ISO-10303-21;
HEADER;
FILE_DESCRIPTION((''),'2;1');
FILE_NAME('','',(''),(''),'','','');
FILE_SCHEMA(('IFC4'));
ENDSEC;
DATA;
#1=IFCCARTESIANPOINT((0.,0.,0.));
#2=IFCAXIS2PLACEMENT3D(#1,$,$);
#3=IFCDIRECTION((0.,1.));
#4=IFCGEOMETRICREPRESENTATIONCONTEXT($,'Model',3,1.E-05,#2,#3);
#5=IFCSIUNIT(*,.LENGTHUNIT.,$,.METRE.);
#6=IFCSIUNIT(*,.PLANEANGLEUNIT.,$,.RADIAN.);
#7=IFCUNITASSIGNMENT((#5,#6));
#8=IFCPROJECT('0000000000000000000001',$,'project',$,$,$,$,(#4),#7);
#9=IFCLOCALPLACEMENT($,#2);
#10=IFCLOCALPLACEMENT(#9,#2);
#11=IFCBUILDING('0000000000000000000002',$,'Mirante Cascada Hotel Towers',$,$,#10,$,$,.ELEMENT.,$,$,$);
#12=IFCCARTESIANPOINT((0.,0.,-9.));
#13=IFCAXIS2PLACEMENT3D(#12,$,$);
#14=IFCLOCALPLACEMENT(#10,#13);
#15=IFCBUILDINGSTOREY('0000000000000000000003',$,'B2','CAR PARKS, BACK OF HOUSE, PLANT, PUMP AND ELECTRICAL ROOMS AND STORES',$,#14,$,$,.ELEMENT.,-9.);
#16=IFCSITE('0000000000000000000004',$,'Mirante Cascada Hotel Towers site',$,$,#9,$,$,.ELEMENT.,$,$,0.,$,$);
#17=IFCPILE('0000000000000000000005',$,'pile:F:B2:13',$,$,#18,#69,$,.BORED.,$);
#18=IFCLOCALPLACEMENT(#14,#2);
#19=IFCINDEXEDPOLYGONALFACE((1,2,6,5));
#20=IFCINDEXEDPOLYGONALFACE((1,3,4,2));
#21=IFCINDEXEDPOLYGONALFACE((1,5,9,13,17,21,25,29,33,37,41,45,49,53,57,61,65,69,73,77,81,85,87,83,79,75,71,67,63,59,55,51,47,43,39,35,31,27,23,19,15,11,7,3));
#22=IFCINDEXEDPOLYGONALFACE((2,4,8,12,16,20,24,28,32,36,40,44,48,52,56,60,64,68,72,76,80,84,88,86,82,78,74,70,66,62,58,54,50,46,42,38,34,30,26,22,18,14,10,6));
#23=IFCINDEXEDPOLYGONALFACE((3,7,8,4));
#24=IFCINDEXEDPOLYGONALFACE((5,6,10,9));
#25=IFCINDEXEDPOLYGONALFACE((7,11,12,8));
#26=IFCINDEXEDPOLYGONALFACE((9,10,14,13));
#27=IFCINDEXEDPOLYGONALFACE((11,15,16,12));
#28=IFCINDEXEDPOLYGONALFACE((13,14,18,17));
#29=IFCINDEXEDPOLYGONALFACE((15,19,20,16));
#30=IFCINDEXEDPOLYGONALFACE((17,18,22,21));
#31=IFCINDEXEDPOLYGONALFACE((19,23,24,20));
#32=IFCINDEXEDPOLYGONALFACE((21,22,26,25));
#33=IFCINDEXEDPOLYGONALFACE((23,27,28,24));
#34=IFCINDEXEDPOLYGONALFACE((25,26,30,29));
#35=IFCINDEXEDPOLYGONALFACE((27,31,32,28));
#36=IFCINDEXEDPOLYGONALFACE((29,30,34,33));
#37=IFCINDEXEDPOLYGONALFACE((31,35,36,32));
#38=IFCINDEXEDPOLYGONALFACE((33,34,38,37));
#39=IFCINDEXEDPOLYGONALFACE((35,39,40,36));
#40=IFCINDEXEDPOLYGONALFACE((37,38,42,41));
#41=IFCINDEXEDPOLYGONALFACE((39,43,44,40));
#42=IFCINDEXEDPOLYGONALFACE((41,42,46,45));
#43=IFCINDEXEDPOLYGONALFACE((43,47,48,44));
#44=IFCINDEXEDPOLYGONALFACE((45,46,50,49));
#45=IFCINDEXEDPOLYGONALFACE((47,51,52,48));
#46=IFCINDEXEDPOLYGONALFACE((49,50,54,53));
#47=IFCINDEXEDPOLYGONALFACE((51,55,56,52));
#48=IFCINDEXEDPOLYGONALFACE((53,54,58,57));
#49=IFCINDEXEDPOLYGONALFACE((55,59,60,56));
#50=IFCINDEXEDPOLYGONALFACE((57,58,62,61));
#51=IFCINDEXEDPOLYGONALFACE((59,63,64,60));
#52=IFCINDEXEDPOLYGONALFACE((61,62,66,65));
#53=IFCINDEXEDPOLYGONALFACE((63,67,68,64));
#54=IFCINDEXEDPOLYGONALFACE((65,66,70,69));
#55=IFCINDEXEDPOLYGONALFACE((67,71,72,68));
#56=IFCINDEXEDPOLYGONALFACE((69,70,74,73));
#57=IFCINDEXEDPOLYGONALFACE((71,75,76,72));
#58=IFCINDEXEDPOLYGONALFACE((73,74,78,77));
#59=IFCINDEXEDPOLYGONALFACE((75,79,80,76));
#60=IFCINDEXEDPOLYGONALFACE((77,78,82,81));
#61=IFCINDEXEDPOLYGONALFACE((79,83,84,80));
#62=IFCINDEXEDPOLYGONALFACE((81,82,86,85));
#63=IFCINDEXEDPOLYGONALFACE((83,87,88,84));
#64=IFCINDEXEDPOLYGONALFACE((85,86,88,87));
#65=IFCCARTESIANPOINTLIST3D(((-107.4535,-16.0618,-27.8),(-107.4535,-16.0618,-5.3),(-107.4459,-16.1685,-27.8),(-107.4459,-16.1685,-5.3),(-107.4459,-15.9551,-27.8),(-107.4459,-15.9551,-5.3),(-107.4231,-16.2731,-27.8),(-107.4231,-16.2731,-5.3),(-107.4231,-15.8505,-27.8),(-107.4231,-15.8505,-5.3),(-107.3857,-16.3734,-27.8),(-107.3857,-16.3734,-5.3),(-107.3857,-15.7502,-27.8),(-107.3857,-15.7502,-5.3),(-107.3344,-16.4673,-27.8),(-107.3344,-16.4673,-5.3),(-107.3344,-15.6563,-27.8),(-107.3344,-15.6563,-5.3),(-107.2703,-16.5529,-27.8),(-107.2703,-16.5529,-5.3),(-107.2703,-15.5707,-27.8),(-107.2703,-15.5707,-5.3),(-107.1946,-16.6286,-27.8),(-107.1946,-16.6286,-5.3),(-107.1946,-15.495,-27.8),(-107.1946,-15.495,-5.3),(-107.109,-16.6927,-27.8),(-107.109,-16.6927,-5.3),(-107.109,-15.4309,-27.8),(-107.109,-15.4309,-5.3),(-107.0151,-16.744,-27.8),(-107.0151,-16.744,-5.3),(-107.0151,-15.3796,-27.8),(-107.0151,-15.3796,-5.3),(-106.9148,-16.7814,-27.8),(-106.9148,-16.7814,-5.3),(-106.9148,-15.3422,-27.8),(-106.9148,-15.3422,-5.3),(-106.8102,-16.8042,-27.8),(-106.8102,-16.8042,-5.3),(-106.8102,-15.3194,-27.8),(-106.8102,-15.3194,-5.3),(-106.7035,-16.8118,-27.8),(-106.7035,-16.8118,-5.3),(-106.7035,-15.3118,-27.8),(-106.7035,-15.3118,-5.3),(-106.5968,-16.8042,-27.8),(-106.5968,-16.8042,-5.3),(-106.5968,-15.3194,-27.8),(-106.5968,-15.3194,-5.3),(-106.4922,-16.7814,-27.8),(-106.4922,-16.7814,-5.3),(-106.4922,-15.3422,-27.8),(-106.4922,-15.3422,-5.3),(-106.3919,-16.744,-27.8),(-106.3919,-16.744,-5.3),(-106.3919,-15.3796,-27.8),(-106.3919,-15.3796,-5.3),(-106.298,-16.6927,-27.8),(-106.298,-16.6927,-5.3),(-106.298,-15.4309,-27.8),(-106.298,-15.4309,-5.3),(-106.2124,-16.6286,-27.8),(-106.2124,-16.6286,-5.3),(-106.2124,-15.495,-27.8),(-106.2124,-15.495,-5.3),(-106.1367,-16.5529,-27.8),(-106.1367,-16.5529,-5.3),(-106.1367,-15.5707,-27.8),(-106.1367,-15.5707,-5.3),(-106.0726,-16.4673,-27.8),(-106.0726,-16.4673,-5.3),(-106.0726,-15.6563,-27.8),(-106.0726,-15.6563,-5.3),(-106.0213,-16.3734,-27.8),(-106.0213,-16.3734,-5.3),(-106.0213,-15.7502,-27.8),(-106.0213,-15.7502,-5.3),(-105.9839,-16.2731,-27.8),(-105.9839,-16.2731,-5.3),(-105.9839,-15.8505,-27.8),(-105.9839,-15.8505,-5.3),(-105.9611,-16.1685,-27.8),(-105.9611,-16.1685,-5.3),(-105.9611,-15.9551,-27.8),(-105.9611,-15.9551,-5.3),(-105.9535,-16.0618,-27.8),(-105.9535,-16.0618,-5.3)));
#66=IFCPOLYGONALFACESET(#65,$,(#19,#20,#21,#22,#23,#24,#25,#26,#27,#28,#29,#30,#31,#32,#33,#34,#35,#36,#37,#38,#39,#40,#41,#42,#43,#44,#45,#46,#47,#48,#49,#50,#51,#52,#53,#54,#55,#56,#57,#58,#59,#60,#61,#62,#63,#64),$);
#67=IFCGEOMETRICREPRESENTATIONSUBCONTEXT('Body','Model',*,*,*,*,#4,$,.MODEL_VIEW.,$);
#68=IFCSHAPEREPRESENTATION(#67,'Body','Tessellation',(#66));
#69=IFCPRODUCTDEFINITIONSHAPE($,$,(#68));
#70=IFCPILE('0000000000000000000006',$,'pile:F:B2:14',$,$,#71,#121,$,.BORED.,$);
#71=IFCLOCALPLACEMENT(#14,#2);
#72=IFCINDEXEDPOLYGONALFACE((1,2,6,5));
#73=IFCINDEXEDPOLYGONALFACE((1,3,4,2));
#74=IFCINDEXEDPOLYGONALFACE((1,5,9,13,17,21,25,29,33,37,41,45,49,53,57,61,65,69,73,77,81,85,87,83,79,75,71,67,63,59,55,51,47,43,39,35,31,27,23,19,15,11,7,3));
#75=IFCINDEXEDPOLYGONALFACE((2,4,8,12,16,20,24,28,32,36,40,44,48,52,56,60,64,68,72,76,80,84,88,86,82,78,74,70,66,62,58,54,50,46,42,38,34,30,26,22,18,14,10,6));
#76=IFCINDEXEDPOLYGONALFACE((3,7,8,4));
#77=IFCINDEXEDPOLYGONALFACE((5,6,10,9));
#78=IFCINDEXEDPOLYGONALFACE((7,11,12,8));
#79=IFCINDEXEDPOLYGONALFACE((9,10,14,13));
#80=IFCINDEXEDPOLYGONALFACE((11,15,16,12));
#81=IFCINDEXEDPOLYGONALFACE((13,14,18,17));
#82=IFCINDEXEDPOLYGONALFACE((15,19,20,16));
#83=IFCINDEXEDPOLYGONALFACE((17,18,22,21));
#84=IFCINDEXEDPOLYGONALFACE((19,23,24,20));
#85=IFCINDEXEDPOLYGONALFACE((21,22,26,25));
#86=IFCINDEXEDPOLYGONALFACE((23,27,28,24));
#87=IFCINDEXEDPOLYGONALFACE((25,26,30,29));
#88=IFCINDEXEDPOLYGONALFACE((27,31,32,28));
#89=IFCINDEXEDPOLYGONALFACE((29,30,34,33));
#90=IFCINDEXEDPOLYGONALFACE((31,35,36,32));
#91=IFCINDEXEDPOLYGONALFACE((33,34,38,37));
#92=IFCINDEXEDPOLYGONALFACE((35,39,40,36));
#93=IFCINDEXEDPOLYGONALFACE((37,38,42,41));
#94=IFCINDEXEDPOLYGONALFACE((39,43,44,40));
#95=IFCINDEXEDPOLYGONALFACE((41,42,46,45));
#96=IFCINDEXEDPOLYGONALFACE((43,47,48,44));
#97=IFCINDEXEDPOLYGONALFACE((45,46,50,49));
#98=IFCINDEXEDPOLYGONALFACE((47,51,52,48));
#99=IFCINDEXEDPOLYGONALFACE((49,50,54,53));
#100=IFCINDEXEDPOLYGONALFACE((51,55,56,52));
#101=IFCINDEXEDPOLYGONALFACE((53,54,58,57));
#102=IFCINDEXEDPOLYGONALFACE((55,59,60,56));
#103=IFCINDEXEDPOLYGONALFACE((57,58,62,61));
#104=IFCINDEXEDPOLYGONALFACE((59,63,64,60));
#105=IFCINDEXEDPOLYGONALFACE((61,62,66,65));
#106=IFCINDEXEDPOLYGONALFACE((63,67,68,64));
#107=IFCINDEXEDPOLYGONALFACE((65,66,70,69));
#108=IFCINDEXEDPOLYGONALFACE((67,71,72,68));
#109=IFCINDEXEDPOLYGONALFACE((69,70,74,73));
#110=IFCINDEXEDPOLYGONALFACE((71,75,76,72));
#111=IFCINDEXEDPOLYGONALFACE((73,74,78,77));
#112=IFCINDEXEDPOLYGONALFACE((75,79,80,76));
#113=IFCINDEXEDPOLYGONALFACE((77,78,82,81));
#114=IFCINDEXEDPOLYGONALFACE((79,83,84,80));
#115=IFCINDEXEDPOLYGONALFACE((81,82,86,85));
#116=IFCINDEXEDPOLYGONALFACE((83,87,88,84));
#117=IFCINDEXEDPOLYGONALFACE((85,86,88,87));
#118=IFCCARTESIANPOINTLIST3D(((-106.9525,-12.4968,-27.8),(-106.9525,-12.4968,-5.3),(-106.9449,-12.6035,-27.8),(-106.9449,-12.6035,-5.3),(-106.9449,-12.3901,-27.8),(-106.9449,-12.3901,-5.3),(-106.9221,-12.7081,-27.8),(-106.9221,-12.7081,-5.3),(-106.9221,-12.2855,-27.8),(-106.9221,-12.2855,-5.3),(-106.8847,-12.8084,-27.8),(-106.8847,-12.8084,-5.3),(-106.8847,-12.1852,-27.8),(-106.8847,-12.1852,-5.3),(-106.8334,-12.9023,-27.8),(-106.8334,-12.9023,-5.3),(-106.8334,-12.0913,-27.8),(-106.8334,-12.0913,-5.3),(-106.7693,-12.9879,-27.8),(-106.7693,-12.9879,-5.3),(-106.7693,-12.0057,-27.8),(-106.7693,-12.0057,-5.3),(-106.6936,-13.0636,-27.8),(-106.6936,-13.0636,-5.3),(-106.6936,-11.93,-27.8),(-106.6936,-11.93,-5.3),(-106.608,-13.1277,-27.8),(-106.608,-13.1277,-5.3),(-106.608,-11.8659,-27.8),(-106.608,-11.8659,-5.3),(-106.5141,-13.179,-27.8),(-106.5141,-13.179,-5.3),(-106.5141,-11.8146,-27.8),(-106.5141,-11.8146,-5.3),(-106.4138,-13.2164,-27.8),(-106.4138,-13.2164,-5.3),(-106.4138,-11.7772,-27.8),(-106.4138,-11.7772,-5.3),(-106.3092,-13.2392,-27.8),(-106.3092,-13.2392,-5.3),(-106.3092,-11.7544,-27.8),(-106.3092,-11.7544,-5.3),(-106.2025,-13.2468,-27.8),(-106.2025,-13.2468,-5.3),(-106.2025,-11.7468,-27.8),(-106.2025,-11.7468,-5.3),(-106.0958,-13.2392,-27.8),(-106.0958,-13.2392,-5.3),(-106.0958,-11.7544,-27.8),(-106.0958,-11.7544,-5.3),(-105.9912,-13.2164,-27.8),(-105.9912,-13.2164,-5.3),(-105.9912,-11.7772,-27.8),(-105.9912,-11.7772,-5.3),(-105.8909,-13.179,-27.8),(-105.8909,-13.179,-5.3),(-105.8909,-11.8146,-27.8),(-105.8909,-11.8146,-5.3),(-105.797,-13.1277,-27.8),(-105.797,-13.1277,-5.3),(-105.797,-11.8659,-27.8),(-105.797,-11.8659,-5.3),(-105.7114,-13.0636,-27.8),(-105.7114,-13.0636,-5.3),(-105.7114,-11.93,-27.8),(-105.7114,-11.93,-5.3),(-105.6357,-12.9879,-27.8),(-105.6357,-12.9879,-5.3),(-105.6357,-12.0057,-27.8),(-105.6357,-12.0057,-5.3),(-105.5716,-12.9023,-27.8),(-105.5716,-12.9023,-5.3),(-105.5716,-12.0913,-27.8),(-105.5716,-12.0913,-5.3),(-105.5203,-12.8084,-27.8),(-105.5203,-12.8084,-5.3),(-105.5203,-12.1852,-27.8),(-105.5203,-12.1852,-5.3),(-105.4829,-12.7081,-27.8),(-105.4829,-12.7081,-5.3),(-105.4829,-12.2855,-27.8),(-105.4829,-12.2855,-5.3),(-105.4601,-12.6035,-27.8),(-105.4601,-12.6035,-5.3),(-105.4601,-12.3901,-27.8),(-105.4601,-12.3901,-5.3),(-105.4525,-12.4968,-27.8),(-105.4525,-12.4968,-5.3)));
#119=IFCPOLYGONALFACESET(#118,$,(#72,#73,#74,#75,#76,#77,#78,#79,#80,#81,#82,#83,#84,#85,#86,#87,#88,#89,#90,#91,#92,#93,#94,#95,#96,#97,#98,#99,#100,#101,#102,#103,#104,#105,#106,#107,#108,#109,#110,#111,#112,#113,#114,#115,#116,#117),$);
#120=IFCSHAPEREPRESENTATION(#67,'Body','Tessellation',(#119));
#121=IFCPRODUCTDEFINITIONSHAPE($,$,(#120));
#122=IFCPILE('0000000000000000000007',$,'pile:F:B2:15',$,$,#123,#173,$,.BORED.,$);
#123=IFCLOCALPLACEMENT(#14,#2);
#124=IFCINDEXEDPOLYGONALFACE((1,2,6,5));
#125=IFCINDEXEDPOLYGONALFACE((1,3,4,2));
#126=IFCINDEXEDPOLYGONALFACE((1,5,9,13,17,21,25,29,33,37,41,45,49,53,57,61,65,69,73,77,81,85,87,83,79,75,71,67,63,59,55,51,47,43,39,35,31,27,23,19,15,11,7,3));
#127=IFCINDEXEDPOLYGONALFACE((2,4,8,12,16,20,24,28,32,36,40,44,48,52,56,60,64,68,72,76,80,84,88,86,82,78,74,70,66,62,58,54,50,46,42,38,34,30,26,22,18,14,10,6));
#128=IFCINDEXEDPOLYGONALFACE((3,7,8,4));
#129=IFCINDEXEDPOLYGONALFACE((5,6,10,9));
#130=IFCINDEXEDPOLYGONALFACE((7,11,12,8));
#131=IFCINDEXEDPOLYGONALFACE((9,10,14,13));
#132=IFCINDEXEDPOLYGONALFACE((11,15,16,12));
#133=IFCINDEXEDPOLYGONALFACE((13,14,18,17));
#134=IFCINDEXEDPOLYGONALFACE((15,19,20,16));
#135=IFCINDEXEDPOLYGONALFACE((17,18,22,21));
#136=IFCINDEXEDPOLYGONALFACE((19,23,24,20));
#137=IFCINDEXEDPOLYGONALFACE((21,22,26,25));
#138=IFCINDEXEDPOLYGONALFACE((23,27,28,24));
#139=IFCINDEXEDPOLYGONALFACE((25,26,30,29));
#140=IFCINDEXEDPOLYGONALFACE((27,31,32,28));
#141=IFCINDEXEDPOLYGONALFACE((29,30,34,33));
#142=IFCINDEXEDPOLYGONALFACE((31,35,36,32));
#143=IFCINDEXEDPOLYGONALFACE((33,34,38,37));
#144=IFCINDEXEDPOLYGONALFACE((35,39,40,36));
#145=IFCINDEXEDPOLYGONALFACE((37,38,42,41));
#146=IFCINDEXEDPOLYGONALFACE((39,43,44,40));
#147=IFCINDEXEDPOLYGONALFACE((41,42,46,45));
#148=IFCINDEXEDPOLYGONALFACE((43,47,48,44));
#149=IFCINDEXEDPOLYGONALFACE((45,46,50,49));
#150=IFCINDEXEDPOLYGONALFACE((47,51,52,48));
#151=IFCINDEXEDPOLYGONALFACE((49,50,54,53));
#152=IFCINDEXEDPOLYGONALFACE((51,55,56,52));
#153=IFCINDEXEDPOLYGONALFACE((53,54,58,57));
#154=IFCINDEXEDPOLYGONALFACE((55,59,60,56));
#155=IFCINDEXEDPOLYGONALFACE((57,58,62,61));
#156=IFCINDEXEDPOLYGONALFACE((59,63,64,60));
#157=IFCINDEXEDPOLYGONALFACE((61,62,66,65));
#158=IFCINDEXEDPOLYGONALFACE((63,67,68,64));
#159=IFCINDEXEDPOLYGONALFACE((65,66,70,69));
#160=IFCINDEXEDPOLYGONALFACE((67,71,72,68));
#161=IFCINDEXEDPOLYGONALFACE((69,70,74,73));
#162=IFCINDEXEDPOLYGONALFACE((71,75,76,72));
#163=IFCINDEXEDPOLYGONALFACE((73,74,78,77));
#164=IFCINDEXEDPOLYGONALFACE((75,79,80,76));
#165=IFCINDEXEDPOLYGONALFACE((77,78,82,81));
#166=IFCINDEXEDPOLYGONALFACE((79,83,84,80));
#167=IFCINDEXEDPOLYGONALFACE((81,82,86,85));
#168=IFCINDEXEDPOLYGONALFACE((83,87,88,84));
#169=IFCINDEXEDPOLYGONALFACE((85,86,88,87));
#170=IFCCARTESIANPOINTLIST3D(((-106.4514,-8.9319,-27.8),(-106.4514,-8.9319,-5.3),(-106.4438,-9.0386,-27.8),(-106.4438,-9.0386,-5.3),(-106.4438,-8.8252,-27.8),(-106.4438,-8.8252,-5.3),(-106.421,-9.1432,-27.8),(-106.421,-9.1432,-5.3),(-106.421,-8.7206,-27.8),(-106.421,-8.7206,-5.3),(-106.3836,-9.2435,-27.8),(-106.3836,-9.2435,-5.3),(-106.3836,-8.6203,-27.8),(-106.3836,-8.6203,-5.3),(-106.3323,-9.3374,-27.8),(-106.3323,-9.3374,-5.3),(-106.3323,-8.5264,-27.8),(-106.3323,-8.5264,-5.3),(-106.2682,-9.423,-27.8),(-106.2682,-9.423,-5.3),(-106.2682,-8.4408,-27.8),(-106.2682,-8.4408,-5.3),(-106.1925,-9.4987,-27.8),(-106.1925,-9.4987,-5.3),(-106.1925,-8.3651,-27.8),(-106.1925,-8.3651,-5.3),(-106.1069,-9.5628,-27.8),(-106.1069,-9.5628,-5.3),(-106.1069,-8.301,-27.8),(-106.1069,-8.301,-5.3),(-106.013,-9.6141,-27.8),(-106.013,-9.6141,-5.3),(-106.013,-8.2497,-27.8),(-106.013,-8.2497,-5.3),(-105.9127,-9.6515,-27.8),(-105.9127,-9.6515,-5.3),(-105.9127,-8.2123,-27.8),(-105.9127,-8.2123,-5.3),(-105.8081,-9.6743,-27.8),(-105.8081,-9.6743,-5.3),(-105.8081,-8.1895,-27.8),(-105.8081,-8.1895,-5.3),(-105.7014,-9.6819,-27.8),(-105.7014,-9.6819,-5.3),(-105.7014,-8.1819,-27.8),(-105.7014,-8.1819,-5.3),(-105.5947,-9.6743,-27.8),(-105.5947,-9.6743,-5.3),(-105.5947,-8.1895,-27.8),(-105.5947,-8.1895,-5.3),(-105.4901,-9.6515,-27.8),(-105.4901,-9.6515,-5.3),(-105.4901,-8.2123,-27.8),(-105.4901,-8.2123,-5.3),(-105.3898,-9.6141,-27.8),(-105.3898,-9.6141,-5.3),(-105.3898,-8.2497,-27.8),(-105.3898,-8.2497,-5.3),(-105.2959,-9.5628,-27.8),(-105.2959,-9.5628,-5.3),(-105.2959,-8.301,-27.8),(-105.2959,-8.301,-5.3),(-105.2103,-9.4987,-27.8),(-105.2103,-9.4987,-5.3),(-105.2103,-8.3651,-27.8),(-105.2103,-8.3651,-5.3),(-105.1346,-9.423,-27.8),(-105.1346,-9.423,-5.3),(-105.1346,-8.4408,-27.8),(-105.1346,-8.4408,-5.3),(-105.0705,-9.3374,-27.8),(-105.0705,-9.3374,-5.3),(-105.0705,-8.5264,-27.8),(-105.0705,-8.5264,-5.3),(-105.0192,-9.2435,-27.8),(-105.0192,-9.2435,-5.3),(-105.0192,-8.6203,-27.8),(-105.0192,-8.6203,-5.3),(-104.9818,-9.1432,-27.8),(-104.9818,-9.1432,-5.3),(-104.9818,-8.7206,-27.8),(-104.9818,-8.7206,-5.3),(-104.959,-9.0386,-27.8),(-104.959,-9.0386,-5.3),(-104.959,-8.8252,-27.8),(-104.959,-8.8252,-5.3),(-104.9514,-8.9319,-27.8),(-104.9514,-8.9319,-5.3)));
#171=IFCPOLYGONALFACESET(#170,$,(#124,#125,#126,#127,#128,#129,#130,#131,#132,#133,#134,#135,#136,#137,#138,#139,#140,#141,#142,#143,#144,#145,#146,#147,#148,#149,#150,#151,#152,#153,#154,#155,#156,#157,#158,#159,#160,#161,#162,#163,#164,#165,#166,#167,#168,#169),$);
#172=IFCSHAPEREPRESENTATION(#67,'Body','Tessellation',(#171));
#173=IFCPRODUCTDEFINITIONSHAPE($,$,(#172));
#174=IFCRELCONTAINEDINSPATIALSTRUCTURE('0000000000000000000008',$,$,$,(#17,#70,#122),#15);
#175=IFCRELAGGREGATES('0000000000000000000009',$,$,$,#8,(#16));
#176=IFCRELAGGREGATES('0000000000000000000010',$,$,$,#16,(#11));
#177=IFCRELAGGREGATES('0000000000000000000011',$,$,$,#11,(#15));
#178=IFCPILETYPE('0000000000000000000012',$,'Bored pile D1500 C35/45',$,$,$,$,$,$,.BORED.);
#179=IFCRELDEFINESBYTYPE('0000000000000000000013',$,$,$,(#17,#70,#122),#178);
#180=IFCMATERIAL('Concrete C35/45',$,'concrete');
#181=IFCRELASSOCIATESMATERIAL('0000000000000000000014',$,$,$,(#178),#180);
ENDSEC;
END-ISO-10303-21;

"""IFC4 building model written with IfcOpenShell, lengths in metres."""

from ifc_helpers import new_model, si_unit, direction, frame, origin, origin_2d, place, context, subcontext, project, spatial, circle, extrude, material, material_profile, profile_set, type_object, element, save


model = new_model("IFC4")

# Units and contexts
model_context = context("Model", 3, precision=1e-05, world=origin(), true_north=direction((0.0, 1.0)))
body_context = subcontext(model_context, "Body", "Model", "MODEL_VIEW")
ifc_project = project(units=[si_unit("LENGTHUNIT", "METRE"), si_unit("PLANEANGLEUNIT", "RADIAN")], contexts=[model_context])

# Site, building, storey
site_placement = place(None, origin())
site = spatial("IfcSite", under=ifc_project, at=site_placement, Name="Mirante Cascada Hotel Towers site", CompositionType="ELEMENT", RefElevation=0.0)
building_placement = place(site_placement, origin())
building = spatial("IfcBuilding", under=site, at=building_placement, Name="Mirante Cascada Hotel Towers", CompositionType="ELEMENT")
storey_placement = place(building_placement, frame((0.0, 0.0, -9.0)))
storey = spatial("IfcBuildingStorey", under=building, at=storey_placement, Name="B2", Description="CAR PARKS, BACK OF HOUSE, PLANT, PUMP AND ELECTRICAL ROOMS AND STORES", CompositionType="ELEMENT", Elevation=-9.0)

# Piles
ifc_material_1 = material(Name="Concrete C35/45", Category="concrete")
ifc_material_profile_1 = material_profile(ifc_material_1, circle(Radius=0.75, at=origin_2d()), Name="RC D1500")
ifc_profile_set_1 = profile_set([ifc_material_profile_1], Name="Concrete C35/45")
pile_type = type_object("IfcPileType", Name="Bored pile D1500 C35/45", PredefinedType="BORED", material=ifc_profile_set_1)
for number, where, z_axis, x_axis, name in (
    (1, (-106.7035, -16.0618, -5.3), (0.0, 0.0, -1.0), (1.0, 0.0, 0.0), "pile:F:B2:13"),
    (2, (-106.2025, -12.4968, -5.3), (0.0, 0.0, -1.0), (1.0, 0.0, 0.0), "pile:F:B2:14"),
    (3, (-105.7014, -8.9319, -5.3), (0.0, 0.0, -1.0), (1.0, 0.0, 0.0), "pile:F:B2:15"),
):
    element("IfcPile", number, at=place(storey_placement, frame(where, z_axis=z_axis, x_axis=x_axis)), inside=storey, type_object=pile_type, Name=name, PredefinedType="BORED", context=body_context, shape_type="SweptSolid", body=[
        extrude(circle(Radius=0.75, at=origin_2d()), origin(), (0.0, 0.0, 1.0), 22.5),
    ])

save(model, "model.ifc")
